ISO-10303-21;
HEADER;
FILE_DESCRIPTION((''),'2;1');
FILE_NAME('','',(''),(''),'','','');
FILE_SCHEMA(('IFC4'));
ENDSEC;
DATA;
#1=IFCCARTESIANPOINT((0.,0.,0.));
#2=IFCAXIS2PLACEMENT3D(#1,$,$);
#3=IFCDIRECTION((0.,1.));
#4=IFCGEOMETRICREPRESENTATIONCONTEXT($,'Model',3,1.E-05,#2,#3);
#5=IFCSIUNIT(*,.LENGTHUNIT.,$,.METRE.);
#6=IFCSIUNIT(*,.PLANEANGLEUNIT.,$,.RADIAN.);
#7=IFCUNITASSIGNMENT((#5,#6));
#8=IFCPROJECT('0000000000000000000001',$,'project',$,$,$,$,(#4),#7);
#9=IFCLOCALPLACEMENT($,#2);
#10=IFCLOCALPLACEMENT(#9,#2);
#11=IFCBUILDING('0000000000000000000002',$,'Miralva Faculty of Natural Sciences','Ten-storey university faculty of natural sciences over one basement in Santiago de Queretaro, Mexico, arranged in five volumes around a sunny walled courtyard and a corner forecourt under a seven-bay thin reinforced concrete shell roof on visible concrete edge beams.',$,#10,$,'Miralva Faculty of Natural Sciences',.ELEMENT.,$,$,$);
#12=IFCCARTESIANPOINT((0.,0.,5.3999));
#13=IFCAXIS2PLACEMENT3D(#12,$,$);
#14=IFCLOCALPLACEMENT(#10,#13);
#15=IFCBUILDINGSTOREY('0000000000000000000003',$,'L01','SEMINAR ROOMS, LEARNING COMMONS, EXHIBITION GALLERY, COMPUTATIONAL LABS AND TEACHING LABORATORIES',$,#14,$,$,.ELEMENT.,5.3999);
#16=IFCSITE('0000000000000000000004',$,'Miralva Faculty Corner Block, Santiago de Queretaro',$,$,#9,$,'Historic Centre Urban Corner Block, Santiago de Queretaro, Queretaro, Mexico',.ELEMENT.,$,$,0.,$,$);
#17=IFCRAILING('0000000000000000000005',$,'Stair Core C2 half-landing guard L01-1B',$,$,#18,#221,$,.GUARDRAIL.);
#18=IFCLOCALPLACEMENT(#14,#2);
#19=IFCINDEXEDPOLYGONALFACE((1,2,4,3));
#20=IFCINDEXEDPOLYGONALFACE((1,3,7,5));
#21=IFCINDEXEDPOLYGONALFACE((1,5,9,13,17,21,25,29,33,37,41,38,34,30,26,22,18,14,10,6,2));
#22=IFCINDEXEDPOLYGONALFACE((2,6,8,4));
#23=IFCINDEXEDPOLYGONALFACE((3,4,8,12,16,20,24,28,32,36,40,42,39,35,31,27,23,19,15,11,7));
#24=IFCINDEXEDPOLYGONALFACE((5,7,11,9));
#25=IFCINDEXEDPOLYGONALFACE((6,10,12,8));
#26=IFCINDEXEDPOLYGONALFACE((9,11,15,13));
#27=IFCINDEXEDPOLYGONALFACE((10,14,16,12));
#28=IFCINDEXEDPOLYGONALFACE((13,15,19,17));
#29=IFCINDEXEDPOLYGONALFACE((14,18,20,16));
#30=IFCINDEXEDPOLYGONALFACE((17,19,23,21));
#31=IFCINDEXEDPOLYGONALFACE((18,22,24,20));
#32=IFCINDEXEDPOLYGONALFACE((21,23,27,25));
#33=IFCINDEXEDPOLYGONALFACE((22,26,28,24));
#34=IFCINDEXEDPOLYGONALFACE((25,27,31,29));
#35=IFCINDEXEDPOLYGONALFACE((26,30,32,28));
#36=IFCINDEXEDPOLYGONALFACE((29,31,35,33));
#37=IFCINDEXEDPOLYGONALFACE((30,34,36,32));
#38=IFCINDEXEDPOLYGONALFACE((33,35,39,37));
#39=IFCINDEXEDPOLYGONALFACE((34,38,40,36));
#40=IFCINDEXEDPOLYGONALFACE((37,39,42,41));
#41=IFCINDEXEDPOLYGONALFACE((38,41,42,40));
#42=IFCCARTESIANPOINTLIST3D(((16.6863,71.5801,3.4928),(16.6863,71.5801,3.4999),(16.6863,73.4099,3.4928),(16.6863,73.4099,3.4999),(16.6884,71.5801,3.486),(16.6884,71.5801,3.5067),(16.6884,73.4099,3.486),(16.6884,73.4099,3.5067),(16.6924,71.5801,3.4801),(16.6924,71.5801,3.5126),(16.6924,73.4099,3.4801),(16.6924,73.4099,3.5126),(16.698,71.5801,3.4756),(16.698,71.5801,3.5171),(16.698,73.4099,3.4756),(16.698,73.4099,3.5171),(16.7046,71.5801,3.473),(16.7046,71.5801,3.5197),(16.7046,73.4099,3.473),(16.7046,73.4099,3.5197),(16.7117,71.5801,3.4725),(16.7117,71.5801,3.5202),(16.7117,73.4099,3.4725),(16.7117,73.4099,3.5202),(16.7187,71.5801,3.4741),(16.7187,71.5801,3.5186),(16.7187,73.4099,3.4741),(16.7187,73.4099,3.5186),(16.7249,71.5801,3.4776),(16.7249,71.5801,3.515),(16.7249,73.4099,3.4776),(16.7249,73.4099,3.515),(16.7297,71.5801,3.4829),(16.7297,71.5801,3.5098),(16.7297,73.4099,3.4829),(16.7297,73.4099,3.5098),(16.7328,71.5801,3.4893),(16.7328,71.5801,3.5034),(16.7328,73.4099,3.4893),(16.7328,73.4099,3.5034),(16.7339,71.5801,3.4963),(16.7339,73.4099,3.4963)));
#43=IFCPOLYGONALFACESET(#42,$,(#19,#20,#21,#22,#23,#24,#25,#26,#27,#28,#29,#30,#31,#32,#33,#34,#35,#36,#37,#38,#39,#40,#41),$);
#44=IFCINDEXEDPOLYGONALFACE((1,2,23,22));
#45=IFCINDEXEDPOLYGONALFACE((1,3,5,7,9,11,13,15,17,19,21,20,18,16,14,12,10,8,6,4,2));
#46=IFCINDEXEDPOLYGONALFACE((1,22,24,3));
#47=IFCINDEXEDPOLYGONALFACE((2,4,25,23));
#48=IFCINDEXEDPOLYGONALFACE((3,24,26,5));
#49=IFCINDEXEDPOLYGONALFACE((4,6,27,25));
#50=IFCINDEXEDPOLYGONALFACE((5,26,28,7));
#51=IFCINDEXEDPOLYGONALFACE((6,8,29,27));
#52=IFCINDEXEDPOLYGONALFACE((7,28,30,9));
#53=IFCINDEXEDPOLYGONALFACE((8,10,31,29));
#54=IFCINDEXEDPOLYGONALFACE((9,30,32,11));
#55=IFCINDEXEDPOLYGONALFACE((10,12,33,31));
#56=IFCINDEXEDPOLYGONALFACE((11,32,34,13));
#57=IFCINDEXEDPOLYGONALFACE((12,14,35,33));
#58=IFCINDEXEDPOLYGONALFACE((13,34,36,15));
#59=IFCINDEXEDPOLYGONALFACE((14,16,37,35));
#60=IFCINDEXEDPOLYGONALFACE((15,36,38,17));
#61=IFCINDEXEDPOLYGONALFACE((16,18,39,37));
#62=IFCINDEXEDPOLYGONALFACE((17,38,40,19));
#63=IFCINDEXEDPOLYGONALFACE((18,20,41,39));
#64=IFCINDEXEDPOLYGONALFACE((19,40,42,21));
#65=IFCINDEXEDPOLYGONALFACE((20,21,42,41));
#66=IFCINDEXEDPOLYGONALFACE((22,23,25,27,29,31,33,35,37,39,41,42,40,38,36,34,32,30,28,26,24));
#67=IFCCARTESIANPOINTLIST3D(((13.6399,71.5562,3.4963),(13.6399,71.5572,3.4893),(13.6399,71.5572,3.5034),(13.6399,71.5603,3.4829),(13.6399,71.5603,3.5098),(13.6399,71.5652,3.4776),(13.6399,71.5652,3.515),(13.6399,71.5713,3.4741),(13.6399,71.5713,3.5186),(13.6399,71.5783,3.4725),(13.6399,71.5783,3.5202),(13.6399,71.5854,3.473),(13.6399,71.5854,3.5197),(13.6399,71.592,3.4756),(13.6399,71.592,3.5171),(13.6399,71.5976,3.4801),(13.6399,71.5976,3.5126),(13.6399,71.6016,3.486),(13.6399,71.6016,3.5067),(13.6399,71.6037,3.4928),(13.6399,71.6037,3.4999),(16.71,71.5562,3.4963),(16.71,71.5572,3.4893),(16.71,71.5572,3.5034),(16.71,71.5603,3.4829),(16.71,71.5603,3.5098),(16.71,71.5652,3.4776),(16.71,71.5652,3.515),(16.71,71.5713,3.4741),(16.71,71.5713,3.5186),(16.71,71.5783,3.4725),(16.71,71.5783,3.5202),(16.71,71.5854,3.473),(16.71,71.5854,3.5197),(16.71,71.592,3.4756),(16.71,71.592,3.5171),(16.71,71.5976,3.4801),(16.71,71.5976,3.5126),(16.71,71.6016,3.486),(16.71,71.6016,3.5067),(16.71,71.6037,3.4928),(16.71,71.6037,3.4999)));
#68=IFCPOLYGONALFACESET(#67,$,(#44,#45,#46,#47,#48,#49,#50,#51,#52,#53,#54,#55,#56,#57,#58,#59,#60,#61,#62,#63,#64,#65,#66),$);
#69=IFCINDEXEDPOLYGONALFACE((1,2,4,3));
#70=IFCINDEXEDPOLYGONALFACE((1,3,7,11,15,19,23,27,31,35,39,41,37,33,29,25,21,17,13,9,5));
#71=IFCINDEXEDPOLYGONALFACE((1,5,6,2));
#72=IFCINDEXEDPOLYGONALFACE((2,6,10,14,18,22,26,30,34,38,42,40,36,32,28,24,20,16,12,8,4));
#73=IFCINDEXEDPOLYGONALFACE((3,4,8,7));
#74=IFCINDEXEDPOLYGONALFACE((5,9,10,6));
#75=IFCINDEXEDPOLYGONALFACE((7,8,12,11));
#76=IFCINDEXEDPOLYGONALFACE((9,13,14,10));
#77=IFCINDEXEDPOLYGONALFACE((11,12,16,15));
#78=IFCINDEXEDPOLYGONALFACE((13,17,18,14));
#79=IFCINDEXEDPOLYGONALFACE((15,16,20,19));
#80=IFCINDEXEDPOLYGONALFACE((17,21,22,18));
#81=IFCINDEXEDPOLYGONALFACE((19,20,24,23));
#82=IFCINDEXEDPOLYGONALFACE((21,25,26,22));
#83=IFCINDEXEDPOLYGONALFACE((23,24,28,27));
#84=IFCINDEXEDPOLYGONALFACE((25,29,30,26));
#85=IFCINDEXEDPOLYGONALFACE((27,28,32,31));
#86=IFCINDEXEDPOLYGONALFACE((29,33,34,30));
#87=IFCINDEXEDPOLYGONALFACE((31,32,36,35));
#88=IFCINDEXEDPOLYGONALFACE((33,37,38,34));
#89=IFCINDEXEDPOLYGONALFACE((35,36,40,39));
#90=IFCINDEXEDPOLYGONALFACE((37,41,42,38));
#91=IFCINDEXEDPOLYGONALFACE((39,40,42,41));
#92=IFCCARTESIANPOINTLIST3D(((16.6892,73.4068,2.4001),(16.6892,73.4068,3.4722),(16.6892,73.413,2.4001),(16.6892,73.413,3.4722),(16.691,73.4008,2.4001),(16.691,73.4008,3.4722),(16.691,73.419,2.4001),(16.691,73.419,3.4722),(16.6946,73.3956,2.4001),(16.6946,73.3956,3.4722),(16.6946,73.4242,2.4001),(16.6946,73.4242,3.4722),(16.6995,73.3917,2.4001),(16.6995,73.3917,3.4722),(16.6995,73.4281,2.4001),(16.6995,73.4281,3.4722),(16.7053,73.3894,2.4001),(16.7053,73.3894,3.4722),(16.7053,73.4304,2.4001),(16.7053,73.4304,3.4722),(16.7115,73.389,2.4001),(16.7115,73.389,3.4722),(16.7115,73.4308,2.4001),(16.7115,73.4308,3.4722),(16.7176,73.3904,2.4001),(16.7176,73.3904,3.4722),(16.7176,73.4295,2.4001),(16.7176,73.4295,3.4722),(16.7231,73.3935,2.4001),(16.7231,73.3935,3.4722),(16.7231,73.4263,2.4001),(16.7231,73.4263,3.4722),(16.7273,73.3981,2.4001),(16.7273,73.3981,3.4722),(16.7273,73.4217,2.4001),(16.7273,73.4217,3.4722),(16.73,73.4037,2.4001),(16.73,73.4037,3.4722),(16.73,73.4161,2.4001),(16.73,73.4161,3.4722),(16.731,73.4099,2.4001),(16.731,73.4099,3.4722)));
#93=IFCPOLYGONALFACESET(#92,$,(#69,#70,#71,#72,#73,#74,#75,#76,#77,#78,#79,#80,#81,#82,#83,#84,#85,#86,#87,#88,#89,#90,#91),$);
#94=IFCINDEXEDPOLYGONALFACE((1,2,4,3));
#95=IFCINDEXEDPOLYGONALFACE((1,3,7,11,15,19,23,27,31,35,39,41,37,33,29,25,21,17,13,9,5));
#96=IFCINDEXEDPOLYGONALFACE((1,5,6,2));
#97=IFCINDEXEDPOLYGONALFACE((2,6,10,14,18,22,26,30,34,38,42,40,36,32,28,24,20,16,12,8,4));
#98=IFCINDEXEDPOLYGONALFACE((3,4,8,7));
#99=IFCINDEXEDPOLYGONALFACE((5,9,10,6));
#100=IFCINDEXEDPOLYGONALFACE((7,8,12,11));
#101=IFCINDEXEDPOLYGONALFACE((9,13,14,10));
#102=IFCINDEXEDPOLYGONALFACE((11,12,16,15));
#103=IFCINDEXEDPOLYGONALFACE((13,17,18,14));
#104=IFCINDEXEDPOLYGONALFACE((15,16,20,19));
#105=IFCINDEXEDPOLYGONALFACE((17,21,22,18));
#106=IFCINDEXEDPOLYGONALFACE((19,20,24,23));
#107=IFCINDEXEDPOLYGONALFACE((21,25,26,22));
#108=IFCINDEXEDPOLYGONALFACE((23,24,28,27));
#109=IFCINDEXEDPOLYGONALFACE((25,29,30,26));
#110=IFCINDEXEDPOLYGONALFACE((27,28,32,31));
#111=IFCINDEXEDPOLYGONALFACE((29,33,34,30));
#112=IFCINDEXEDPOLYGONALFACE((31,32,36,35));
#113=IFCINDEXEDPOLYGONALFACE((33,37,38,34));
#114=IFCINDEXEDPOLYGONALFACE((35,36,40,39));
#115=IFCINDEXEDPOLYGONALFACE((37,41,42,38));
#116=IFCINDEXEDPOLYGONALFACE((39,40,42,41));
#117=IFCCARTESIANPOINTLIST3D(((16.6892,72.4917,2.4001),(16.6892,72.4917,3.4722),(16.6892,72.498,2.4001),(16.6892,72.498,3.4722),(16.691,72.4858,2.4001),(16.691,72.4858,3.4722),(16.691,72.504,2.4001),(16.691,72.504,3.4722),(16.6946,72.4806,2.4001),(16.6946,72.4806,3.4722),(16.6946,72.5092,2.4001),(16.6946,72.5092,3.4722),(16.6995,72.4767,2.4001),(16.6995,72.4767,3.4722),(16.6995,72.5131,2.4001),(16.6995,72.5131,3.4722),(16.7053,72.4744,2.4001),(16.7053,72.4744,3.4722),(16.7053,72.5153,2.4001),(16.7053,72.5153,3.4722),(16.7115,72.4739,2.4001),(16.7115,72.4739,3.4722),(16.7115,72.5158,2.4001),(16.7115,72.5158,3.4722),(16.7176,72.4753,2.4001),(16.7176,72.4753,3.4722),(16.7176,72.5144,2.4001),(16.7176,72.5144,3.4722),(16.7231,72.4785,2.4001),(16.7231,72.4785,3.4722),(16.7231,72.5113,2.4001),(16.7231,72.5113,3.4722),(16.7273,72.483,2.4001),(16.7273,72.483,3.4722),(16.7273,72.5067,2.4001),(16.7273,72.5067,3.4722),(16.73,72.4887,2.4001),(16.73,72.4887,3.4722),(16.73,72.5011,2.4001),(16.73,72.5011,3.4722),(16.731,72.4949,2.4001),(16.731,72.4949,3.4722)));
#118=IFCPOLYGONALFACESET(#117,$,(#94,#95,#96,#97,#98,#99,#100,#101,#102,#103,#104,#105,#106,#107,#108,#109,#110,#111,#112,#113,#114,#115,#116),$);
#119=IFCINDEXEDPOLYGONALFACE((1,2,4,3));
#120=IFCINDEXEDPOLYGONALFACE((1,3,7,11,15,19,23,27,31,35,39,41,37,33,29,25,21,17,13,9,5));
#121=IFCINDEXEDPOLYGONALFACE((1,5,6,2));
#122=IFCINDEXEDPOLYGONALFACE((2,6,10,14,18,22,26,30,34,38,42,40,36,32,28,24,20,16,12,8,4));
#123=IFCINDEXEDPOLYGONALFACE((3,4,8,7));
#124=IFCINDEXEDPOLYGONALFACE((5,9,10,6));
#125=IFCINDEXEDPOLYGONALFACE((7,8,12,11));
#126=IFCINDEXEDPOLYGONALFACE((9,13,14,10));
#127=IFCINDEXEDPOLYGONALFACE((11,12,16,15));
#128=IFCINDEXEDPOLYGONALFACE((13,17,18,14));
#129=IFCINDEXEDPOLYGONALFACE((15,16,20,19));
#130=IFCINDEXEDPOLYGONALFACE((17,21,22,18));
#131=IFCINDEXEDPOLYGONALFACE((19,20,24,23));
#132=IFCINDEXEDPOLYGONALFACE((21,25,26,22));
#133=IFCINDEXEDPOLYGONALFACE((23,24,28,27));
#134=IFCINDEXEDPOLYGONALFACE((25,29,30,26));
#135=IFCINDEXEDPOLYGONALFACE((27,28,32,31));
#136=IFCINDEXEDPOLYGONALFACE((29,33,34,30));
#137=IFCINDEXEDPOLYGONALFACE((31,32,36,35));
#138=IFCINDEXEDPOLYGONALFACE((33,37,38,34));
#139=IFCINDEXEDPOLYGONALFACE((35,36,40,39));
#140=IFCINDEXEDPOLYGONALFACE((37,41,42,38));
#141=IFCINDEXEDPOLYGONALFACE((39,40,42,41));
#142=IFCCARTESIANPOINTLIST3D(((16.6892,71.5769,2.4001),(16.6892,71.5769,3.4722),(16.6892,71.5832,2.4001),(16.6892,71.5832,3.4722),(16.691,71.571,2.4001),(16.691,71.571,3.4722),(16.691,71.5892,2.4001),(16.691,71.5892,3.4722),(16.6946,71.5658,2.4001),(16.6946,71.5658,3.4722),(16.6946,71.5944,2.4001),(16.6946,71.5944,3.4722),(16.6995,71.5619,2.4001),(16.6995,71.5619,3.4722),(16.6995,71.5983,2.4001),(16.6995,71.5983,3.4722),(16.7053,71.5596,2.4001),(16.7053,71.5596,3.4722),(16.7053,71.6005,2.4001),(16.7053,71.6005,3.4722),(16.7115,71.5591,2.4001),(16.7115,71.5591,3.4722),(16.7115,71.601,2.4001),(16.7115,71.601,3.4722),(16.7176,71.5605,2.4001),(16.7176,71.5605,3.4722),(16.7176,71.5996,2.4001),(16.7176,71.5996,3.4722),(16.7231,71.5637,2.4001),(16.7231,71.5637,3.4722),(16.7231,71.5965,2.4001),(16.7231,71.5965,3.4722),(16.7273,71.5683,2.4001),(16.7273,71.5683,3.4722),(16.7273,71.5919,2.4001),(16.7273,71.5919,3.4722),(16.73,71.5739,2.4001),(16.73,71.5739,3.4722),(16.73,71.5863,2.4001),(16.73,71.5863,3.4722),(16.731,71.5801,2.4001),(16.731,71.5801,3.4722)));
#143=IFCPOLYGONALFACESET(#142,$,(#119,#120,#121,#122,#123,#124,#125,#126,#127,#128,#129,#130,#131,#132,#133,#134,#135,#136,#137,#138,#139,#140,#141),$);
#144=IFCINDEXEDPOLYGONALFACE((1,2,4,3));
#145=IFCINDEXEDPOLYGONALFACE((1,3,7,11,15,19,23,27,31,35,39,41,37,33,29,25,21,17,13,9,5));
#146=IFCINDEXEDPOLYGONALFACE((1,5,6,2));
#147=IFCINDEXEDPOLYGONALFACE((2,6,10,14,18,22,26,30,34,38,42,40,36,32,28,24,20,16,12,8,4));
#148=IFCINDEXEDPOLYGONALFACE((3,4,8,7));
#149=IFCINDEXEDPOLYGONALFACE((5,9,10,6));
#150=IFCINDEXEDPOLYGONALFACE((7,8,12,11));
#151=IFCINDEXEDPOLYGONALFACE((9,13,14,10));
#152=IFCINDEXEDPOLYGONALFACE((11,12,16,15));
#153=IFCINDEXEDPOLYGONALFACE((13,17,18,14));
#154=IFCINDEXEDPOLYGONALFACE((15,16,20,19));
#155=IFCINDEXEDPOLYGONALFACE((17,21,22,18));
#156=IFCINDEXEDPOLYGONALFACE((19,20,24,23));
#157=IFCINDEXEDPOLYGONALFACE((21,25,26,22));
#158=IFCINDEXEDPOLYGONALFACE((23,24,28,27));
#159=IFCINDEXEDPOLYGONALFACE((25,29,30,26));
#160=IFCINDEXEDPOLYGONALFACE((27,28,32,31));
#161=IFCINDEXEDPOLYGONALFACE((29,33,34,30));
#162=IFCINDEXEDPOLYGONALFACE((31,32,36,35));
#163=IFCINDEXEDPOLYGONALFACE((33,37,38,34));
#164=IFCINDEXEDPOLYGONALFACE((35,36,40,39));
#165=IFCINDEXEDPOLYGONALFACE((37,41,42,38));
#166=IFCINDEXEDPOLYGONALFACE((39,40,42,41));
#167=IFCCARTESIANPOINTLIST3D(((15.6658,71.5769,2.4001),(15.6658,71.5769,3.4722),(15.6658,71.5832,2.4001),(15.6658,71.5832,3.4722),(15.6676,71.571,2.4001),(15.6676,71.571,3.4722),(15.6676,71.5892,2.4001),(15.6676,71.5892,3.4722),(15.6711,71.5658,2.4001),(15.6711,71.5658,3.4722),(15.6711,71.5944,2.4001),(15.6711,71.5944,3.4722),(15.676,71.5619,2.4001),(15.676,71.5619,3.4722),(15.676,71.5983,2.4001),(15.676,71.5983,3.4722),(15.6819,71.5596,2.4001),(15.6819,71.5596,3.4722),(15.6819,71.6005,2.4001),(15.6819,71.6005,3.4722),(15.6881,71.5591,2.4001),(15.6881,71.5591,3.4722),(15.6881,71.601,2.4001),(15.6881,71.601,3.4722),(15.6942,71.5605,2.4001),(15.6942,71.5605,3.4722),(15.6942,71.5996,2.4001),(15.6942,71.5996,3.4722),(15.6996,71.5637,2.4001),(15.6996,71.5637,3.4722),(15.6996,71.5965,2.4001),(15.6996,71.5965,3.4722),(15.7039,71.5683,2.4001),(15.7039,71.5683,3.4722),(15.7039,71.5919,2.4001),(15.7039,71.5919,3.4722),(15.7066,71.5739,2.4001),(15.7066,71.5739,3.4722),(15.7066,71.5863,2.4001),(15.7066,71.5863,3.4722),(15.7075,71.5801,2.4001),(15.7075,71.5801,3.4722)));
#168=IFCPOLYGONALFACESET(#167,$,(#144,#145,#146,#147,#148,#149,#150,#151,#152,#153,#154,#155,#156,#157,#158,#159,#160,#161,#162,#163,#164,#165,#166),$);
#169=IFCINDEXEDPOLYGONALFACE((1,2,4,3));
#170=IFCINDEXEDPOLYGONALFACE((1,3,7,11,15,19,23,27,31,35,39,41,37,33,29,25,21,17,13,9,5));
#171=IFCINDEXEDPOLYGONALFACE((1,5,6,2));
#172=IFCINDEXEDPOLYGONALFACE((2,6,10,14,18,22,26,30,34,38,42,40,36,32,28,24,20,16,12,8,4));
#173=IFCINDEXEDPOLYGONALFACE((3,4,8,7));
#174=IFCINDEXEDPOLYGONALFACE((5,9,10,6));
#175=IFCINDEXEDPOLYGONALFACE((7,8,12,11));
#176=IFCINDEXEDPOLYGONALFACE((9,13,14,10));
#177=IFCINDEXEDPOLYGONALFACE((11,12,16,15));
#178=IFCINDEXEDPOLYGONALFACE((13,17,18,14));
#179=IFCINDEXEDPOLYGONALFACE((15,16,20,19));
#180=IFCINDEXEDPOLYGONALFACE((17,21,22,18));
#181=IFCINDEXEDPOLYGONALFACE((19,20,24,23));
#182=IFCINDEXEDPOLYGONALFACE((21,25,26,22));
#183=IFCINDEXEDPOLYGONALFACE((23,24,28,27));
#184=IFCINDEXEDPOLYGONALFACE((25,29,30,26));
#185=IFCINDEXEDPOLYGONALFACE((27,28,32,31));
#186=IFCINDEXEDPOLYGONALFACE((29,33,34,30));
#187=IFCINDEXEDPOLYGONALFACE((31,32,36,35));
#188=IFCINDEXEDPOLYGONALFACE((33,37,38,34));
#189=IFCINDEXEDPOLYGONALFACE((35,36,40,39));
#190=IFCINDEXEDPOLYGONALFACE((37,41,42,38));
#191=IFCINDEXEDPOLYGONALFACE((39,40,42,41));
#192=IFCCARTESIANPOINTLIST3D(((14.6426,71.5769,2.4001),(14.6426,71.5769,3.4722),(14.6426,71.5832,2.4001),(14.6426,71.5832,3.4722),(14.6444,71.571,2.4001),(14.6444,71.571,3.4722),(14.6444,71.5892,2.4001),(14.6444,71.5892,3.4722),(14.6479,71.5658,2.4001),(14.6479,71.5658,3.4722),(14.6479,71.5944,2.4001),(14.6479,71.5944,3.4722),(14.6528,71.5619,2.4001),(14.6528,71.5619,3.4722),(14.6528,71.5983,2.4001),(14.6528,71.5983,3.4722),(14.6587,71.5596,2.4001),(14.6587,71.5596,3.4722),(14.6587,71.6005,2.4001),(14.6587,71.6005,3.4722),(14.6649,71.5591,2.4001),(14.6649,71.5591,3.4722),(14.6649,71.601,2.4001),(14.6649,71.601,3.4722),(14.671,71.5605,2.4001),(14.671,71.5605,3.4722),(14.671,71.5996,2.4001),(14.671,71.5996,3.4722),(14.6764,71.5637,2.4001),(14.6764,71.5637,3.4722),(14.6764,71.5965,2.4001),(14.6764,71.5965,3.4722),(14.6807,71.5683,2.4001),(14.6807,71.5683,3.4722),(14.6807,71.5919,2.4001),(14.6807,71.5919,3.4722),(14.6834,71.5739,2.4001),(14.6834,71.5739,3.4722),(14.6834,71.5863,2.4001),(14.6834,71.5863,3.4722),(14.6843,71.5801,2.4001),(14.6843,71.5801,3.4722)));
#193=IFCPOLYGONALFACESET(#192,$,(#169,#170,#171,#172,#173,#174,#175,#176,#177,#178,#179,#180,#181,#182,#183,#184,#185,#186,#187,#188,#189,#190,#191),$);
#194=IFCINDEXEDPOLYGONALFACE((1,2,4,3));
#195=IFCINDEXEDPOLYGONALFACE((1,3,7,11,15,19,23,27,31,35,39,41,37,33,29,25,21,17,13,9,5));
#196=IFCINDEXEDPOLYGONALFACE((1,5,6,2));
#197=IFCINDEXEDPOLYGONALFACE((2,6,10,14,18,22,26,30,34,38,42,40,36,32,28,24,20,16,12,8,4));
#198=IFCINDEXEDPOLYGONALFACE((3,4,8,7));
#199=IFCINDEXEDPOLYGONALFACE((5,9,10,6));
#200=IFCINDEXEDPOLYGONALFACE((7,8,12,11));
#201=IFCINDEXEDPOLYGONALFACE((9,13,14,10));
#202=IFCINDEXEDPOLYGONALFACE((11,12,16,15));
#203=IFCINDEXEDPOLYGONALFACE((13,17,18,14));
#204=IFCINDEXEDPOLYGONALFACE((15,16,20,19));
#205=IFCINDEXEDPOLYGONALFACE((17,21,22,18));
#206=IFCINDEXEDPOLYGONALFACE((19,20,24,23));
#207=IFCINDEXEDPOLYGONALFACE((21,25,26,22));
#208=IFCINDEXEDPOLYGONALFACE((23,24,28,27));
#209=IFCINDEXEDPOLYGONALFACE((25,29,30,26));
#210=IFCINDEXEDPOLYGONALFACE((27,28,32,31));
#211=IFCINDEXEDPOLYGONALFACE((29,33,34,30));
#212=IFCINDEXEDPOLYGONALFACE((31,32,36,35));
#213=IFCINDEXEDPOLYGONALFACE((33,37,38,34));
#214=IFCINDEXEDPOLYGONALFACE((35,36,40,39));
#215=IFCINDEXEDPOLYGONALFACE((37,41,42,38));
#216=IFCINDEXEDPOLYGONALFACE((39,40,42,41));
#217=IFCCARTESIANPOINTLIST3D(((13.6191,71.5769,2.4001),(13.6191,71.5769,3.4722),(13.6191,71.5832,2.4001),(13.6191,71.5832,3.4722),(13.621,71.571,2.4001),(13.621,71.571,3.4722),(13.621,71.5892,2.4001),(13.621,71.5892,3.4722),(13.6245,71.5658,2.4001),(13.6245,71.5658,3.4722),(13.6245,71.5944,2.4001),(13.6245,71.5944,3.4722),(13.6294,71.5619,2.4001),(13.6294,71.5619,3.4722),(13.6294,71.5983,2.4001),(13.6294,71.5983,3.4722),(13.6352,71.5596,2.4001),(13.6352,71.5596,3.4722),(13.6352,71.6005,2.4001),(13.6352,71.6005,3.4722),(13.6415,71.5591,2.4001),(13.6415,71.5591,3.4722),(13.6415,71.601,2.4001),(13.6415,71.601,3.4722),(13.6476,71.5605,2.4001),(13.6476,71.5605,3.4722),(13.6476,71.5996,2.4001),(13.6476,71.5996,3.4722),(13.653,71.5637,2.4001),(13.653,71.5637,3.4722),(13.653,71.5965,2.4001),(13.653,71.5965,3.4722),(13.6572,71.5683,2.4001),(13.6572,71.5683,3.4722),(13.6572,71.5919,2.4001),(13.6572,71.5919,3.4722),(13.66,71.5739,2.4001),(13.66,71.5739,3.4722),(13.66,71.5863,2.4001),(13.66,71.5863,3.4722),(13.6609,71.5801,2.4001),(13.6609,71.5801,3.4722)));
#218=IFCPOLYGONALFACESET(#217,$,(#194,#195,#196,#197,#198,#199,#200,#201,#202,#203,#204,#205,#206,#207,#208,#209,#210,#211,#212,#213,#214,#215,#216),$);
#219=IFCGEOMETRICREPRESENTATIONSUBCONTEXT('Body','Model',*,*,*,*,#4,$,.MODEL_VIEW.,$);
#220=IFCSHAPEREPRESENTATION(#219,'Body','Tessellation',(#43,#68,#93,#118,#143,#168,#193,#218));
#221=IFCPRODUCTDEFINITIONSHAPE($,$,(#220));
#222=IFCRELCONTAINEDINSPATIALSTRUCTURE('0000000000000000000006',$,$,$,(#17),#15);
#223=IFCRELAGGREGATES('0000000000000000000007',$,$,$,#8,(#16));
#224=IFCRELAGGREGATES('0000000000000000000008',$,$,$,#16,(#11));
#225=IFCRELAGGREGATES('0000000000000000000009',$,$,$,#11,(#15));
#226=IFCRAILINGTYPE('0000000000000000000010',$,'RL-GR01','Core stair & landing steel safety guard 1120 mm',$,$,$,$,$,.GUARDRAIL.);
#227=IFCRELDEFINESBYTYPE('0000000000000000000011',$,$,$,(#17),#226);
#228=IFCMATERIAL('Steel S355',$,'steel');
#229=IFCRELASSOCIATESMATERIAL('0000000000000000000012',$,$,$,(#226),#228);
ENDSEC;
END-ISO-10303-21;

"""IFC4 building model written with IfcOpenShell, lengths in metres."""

from ifc_helpers import new_model, si_unit, direction, frame, origin, origin_2d, place, context, subcontext, project, spatial, circle, extrude, material, type_object, element, save


model = new_model("IFC4")

# Units and contexts
model_context = context("Model", 3, precision=1e-05, world=origin(), true_north=direction((0.0, 1.0)))
body_context = subcontext(model_context, "Body", "Model", "MODEL_VIEW")
ifc_project = project(units=[si_unit("LENGTHUNIT", "METRE"), si_unit("PLANEANGLEUNIT", "RADIAN")], contexts=[model_context])

# Site, building, storey
site_placement = place(None, origin())
site = spatial("IfcSite", under=ifc_project, at=site_placement, Name="Miralva Faculty Corner Block, Santiago de Queretaro", LongName="Historic Centre Urban Corner Block, Santiago de Queretaro, Queretaro, Mexico", CompositionType="ELEMENT", RefElevation=0.0)
building_placement = place(site_placement, origin())
building = spatial("IfcBuilding", under=site, at=building_placement, Name="Miralva Faculty of Natural Sciences", Description="Ten-storey university faculty of natural sciences over one basement in Santiago de Queretaro, Mexico, arranged in five volumes around a sunny walled courtyard and a corner forecourt under a seven-bay thin reinforced concrete shell roof on visible concrete edge beams.", LongName="Miralva Faculty of Natural Sciences", CompositionType="ELEMENT")
storey_placement = place(building_placement, frame((0.0, 0.0, 5.3999)))
storey = spatial("IfcBuildingStorey", under=building, at=storey_placement, Name="L01", Description="SEMINAR ROOMS, LEARNING COMMONS, EXHIBITION GALLERY, COMPUTATIONAL LABS AND TEACHING LABORATORIES", CompositionType="ELEMENT", Elevation=5.3999)

# Railing
ifc_material_1 = material(Name="Steel S355", Category="steel")
railing_type_1 = type_object("IfcRailingType", Name="RL-GR01", Description="Core stair & landing steel safety guard 1120 mm", PredefinedType="GUARDRAIL", material=ifc_material_1)
railing_1_placement = place(storey_placement, frame((16.71, 73.4099, 2.4001)))
element("IfcRailing", 1, at=railing_1_placement, inside=storey, type_object=railing_type_1, Name="Stair Core C2 half-landing guard L01-1B", PredefinedType="GUARDRAIL", context=body_context, shape_type="SweptSolid", body=[
    extrude(circle(Radius=0.0239, at=origin_2d()), frame((0.0, 0.0, 1.0962), z_axis=(0.0, -1.0, 0.0), x_axis=(1.0, 0.0, 0.0)), (0.0, 0.0, 1.0), 1.8298),
    extrude(circle(Radius=0.0239, at=origin_2d()), frame((0.0, -1.8298, 1.0962), z_axis=(-1.0, 0.0, 0.0), x_axis=(0.0, -1.0, 0.0)), (0.0, 0.0, 1.0), 3.0701),
    extrude(circle(Radius=0.021, at=origin_2d()), origin(), (0.0, 0.0, 1.0), 1.072),
    extrude(circle(Radius=0.021, at=origin_2d()), frame((0.0, -0.915, 0.0)), (0.0, 0.0, 1.0), 1.072),
    extrude(circle(Radius=0.021, at=origin_2d()), frame((0.0, -1.8298, 0.0)), (0.0, 0.0, 1.0), 1.072),
    extrude(circle(Radius=0.021, at=origin_2d()), frame((-1.0234, -1.8298, 0.0)), (0.0, 0.0, 1.0), 1.072),
    extrude(circle(Radius=0.021, at=origin_2d()), frame((-2.0466, -1.8298, 0.0)), (0.0, 0.0, 1.0), 1.072),
    extrude(circle(Radius=0.021, at=origin_2d()), frame((-3.0701, -1.8298, 0.0)), (0.0, 0.0, 1.0), 1.072),
])

save(model, "model.ifc")
